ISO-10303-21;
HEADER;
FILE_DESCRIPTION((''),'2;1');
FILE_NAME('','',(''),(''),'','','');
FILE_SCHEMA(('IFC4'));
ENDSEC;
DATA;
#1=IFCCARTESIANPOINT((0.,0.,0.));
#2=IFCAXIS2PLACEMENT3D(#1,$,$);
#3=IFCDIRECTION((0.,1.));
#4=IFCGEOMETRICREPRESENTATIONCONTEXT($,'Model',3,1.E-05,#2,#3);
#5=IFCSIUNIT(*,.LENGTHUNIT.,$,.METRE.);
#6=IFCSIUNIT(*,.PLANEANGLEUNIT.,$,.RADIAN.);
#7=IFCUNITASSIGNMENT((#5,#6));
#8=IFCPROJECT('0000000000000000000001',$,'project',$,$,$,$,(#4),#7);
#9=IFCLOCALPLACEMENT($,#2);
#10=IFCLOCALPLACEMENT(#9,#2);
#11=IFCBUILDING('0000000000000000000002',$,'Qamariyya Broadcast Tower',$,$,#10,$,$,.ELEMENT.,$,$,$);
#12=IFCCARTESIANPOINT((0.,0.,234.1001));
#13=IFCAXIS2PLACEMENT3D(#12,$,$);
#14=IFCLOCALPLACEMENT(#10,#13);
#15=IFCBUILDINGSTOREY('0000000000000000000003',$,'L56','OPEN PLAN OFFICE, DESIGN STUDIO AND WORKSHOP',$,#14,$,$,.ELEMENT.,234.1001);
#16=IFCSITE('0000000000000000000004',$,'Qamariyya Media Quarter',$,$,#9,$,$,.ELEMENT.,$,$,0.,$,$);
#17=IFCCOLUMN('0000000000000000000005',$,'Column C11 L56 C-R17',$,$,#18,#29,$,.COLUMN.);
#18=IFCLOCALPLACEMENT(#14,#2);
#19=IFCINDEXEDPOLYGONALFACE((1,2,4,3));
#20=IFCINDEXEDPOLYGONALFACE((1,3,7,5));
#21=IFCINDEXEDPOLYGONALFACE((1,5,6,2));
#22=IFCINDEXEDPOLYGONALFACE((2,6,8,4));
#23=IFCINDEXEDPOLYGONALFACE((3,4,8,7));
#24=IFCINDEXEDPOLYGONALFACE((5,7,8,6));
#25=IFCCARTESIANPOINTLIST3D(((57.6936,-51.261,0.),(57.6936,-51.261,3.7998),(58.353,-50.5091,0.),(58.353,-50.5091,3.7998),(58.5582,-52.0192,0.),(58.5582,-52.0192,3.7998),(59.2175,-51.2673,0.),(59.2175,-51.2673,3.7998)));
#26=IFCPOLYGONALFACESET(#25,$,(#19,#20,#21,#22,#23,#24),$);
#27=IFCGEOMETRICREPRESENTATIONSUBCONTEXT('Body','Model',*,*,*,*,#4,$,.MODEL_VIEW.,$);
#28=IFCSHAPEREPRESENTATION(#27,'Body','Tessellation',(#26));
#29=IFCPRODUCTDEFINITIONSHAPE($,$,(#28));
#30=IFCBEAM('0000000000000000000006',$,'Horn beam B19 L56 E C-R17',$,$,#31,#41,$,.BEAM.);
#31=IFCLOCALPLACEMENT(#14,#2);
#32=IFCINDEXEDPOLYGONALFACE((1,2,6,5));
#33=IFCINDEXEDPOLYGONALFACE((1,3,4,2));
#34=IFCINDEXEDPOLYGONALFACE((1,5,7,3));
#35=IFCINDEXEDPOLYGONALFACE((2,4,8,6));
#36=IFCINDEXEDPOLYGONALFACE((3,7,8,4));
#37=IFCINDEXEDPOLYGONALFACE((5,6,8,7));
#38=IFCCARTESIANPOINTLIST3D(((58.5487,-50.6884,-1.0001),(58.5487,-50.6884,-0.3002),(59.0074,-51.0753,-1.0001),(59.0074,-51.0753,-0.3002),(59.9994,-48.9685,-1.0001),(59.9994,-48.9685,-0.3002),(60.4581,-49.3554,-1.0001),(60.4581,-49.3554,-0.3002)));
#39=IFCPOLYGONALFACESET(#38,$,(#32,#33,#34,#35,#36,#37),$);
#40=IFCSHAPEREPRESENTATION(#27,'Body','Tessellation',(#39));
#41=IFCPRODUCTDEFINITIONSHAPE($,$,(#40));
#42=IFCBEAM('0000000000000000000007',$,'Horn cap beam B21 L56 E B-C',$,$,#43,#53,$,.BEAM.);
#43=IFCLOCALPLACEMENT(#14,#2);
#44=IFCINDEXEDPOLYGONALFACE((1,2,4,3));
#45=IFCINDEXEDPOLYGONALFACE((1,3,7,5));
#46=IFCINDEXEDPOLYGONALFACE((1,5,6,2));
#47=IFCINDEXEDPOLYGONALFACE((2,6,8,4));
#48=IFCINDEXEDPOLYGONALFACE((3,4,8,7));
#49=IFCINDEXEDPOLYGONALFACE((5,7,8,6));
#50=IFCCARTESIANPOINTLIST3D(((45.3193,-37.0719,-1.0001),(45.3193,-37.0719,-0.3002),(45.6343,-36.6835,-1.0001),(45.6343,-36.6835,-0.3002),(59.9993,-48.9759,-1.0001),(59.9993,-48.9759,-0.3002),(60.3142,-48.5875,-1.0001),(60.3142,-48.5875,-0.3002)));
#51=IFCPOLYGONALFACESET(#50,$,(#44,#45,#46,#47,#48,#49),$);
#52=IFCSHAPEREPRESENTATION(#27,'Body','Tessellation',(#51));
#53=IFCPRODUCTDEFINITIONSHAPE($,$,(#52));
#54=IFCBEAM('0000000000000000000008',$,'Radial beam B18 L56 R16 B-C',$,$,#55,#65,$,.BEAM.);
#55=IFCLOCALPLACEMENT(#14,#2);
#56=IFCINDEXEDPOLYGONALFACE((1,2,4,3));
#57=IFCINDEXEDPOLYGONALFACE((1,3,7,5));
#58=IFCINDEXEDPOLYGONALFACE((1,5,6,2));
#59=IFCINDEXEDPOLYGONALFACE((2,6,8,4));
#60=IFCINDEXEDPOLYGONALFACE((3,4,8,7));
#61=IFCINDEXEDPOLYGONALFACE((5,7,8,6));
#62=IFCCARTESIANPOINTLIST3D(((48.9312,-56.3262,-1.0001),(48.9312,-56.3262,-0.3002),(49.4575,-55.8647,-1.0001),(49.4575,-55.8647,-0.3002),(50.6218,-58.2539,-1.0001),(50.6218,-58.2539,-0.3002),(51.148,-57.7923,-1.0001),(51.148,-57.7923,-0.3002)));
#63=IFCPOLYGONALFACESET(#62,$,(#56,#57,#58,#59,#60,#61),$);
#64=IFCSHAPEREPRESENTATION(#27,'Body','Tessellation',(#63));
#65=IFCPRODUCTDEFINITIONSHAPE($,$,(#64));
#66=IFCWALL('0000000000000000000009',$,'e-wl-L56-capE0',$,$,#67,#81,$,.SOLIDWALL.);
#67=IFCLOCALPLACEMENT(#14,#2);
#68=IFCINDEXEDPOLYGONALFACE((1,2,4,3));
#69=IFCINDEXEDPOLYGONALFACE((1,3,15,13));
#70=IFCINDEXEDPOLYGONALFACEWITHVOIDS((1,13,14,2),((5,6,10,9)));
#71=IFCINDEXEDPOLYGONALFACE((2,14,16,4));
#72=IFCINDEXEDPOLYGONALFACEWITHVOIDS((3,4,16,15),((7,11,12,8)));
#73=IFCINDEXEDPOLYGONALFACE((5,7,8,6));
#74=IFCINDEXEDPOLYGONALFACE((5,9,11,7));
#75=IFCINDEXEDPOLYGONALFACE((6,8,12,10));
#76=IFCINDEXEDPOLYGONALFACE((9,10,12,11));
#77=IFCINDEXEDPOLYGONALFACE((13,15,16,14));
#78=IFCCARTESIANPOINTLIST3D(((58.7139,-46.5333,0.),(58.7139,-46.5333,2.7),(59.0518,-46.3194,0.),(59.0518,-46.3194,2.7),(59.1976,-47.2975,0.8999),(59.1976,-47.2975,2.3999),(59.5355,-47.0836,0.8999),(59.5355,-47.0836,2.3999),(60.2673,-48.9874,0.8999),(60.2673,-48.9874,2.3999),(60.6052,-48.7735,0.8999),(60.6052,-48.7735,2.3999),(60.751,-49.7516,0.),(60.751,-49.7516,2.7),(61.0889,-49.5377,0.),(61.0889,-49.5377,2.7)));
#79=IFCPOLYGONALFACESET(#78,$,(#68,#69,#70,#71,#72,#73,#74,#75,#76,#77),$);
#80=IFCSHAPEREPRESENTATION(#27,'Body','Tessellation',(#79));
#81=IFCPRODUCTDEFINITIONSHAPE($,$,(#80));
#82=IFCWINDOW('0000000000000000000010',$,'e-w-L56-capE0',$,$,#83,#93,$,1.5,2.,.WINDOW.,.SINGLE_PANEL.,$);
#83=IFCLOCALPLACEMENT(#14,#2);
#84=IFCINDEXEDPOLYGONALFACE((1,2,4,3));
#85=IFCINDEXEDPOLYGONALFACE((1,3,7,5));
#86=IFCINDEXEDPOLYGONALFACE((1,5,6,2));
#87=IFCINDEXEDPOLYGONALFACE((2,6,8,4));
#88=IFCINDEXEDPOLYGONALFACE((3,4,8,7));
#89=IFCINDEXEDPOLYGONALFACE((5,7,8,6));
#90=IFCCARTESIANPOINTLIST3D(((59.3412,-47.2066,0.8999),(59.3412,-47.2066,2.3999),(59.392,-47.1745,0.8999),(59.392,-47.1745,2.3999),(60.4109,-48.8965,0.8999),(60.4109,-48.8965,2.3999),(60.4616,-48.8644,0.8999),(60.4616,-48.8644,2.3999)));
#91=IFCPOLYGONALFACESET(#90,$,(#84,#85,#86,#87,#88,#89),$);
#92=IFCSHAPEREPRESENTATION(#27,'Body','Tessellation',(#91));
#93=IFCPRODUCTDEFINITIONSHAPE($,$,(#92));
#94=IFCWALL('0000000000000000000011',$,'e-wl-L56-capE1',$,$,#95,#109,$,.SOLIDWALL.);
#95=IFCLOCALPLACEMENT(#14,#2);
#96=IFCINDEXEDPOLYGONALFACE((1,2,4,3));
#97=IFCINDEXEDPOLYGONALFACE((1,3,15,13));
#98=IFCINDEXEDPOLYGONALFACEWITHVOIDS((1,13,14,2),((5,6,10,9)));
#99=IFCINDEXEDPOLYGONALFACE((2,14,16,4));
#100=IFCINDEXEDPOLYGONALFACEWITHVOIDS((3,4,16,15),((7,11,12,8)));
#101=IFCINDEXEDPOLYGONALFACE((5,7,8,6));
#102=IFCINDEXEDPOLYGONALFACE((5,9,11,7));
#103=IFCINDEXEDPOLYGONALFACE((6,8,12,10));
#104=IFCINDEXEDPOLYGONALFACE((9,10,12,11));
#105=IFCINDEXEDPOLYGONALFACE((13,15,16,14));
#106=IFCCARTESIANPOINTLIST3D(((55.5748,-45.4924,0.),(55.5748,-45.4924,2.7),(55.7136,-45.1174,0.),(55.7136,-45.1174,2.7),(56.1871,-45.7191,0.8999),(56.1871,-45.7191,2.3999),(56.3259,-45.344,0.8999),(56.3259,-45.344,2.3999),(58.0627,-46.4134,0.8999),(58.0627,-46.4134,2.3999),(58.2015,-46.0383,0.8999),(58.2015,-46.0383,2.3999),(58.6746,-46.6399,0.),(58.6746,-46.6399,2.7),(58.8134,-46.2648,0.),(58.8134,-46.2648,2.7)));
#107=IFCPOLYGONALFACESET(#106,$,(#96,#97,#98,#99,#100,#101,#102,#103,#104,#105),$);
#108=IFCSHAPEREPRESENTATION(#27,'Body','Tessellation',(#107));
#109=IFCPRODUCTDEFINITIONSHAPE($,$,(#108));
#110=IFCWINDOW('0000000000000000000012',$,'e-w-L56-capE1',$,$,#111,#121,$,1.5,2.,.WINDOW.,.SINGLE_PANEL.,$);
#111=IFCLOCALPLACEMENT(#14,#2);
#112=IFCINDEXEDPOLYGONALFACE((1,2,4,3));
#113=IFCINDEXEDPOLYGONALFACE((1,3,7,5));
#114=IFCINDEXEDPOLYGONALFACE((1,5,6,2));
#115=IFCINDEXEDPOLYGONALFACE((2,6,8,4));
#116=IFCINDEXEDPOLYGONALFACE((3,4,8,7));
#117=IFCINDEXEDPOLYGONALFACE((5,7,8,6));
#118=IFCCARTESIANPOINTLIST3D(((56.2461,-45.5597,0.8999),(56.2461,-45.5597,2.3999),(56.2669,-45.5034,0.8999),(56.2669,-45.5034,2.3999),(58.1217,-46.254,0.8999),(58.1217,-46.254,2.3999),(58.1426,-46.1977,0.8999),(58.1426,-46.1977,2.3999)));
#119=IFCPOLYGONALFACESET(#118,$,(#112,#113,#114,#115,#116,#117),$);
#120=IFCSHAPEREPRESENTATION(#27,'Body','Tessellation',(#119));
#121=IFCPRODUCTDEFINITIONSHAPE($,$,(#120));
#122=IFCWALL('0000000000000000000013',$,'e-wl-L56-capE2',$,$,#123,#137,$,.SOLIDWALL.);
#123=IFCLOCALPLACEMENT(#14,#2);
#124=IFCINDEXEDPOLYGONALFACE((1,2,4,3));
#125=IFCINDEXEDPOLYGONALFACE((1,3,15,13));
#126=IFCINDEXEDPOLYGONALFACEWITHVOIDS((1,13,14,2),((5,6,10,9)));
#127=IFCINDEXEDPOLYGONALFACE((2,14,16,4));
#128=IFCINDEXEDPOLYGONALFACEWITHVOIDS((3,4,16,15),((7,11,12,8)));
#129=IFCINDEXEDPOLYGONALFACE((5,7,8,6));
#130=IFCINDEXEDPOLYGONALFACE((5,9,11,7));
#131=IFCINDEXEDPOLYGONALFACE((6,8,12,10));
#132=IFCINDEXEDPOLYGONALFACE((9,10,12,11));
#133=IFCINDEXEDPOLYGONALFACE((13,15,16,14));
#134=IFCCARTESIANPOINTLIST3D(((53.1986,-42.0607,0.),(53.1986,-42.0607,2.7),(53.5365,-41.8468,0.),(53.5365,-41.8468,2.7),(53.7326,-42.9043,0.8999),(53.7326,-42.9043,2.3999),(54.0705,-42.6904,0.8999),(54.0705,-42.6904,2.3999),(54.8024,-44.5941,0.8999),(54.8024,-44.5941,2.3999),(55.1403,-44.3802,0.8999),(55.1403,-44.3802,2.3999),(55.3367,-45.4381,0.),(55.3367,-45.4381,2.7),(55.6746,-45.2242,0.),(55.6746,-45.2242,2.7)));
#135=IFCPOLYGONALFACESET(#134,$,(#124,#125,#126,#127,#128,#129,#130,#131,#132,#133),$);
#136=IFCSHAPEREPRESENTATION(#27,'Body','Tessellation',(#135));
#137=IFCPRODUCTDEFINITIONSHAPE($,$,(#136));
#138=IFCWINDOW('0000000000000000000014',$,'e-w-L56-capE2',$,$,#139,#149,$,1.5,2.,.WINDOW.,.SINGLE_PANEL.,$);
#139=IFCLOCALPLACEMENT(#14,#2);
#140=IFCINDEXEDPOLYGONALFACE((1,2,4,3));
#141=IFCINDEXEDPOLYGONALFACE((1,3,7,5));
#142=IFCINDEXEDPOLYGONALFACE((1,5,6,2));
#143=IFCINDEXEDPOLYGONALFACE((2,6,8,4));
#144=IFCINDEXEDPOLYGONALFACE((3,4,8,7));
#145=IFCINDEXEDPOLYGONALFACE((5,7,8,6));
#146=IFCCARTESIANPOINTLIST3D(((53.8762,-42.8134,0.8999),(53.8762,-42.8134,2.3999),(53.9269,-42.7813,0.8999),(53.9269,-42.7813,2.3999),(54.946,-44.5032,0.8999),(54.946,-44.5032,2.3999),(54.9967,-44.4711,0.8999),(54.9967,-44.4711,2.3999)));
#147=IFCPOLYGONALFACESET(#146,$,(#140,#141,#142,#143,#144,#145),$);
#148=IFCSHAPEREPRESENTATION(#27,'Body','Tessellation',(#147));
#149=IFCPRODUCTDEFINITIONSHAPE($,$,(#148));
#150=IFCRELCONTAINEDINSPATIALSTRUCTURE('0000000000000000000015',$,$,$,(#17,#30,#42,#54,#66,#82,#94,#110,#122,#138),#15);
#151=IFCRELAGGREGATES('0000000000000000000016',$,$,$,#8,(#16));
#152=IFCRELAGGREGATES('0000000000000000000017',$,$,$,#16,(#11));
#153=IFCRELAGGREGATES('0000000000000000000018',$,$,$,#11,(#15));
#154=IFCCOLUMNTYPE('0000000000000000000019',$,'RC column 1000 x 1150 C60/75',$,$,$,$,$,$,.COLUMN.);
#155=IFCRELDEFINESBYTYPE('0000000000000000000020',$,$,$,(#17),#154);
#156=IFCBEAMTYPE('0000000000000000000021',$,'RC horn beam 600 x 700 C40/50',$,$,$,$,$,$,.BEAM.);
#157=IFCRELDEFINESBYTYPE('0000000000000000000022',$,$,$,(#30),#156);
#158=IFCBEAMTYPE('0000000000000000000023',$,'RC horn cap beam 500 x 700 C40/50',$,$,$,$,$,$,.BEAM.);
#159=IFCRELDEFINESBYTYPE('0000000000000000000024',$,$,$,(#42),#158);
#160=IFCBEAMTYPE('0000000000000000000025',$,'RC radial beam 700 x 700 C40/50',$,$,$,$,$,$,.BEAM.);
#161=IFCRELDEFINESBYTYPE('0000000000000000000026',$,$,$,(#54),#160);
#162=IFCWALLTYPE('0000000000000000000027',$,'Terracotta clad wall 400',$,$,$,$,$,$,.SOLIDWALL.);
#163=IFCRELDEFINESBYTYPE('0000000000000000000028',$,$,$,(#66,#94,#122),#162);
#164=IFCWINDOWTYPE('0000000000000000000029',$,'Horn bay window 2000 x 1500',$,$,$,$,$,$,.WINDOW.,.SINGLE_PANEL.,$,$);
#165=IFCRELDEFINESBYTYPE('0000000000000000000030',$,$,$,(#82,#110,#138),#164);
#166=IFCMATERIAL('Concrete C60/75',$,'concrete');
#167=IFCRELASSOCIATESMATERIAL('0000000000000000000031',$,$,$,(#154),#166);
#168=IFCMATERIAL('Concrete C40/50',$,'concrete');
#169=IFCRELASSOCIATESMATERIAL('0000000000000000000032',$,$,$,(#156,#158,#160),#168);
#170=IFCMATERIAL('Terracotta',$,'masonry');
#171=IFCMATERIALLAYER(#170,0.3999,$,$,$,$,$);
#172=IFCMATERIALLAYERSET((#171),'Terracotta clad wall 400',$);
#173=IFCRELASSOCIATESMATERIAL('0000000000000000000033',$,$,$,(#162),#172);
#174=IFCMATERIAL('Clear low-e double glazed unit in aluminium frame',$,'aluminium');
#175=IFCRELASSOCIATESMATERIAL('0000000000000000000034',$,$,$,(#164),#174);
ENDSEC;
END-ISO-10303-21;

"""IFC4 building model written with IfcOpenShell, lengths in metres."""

from ifc_helpers import new_model, si_unit, direction, frame, frame_2d, origin, origin_2d, place, context, subcontext, project, spatial, rectangle, extrude, material, layer, layer_set, material_profile, profile_set, type_object, element, fill, save


model = new_model("IFC4")

# Units and contexts
model_context = context("Model", 3, precision=1e-05, world=origin(), true_north=direction((0.0, 1.0)))
body_context = subcontext(model_context, "Body", "Model", "MODEL_VIEW")
ifc_project = project(units=[si_unit("LENGTHUNIT", "METRE"), si_unit("PLANEANGLEUNIT", "RADIAN")], contexts=[model_context])

# Site, building, storey
site_placement = place(None, origin())
site = spatial("IfcSite", under=ifc_project, at=site_placement, Name="Qamariyya Media Quarter", CompositionType="ELEMENT", RefElevation=0.0)
building_placement = place(site_placement, origin())
building = spatial("IfcBuilding", under=site, at=building_placement, Name="Qamariyya Broadcast Tower", CompositionType="ELEMENT")
storey_placement = place(building_placement, frame((0.0, 0.0, 234.1001)))
storey = spatial("IfcBuildingStorey", under=building, at=storey_placement, Name="L56", Description="OPEN PLAN OFFICE, DESIGN STUDIO AND WORKSHOP", CompositionType="ELEMENT", Elevation=234.1001)

# Column
ifc_material_1 = material(Name="Concrete C60/75", Category="concrete")
ifc_material_profile_1 = material_profile(ifc_material_1, rectangle(XDim=1.0, YDim=1.1499, at=origin_2d()))
ifc_profile_set_1 = profile_set([ifc_material_profile_1], Name="Concrete C60/75")
column_type = type_object("IfcColumnType", Name="RC column 1000 x 1150 C60/75", PredefinedType="COLUMN", material=ifc_profile_set_1)
column_placement = place(storey_placement, frame((58.4556, -51.2642, 0.0), z_axis=(0.0, 0.0, 1.0), x_axis=(0.659346, 0.75184, 0.0)))
element("IfcColumn", 1, at=column_placement, inside=storey, type_object=column_type, Name="Column C11 L56 C-R17", PredefinedType="COLUMN", context=body_context, shape_type="SweptSolid", body=[
    extrude(rectangle(XDim=1.0, YDim=1.1499, at=origin_2d()), origin(), (0.0, 0.0, 1.0), 3.7998),
])

# Beams
ifc_material_2 = material(Name="Concrete C40/50", Category="concrete")
ifc_material_profile_2 = material_profile(ifc_material_2, rectangle(XDim=0.6001, YDim=0.7, at=origin_2d()))
ifc_profile_set_2 = profile_set([ifc_material_profile_2], Name="Concrete C40/50")
beam_type_1 = type_object("IfcBeamType", Name="RC horn beam 600 x 700 C40/50", PredefinedType="BEAM", material=ifc_profile_set_2)
beam_1_placement = place(storey_placement, frame((58.7781, -50.8818, -0.6501), z_axis=(0.64473, 0.76441, 0.0), x_axis=(-0.76441, 0.64473, 0.0)))
element("IfcBeam", 2, at=beam_1_placement, inside=storey, type_object=beam_type_1, Name="Horn beam B19 L56 E C-R17", PredefinedType="BEAM", context=body_context, shape_type="SweptSolid", body=[
    extrude(rectangle(XDim=0.6001, YDim=0.7, at=origin_2d()), origin(), (0.0, 0.0, 1.0), 2.25),
])
ifc_material_profile_3 = material_profile(ifc_material_2, rectangle(XDim=0.5, YDim=0.7, at=origin_2d()))
ifc_profile_set_3 = profile_set([ifc_material_profile_3], Name="Concrete C40/50")
beam_type_2 = type_object("IfcBeamType", Name="RC horn cap beam 500 x 700 C40/50", PredefinedType="BEAM", material=ifc_profile_set_3)
beam_2_placement = place(storey_placement, frame((45.4768, -36.8777, -0.6501), z_axis=(0.776719, -0.629847, 0.0), x_axis=(0.629847, 0.776719, 0.0)))
element("IfcBeam", 3, at=beam_2_placement, inside=storey, type_object=beam_type_2, Name="Horn cap beam B21 L56 E B-C", PredefinedType="BEAM", context=body_context, shape_type="SweptSolid", body=[
    extrude(rectangle(XDim=0.5, YDim=0.7, at=origin_2d()), origin(), (0.0, 0.0, 1.0), 18.8999),
])
ifc_material_profile_4 = material_profile(ifc_material_2, rectangle(XDim=0.7, YDim=0.7, at=origin_2d()))
ifc_profile_set_4 = profile_set([ifc_material_profile_4], Name="Concrete C40/50")
beam_type_3 = type_object("IfcBeamType", Name="RC radial beam 700 x 700 C40/50", PredefinedType="BEAM", material=ifc_profile_set_4)
beam_3_placement = place(storey_placement, frame((49.1943, -56.0955, -0.6501), z_axis=(0.659367, -0.751821, 0.0), x_axis=(0.751821, 0.659367, 0.0)))
element("IfcBeam", 4, at=beam_3_placement, inside=storey, type_object=beam_type_3, Name="Radial beam B18 L56 R16 B-C", PredefinedType="BEAM", context=body_context, shape_type="SweptSolid", body=[
    extrude(rectangle(XDim=0.7, YDim=0.7, at=origin_2d()), origin(), (0.0, 0.0, 1.0), 2.564),
])

# Walls, openings, windows
ifc_material_3 = material(Name="Terracotta", Category="masonry")
ifc_layer = layer(ifc_material_3, 0.3999)
ifc_layer_set = layer_set([ifc_layer], Name="Terracotta clad wall 400")
wall_type = type_object("IfcWallType", Name="Terracotta clad wall 400", PredefinedType="SOLIDWALL", material=ifc_layer_set)
wall_1_placement = place(storey_placement, frame((60.9199, -49.6445, 0.0), z_axis=(0.0, 0.0, 1.0), x_axis=(-0.534842, 0.844952, 0.0)))
wall_1 = element("IfcWall", 5, at=wall_1_placement, inside=storey, type_object=wall_type, Name="e-wl-L56-capE0", PredefinedType="SOLIDWALL", context=body_context, shape_type="SweptSolid", body=[
    extrude(rectangle(XDim=3.8088, YDim=0.3999, at=frame_2d((1.9043, 0.0))), origin(), (0.0, 0.0, 1.0), 2.7),
])
opening_1_placement = place(wall_1_placement, frame((0.9043, 0.0, 0.8999)))
opening_1 = element("IfcOpeningElement", 6, at=opening_1_placement, cuts=wall_1, PredefinedType="OPENING", context=body_context, shape_type="SweptSolid", body=[
    extrude(rectangle(XDim=2.0, YDim=1.5, at=frame_2d((1.0, 0.75))), frame((0.0, 0.21, 0.0), z_axis=(0.0, -1.0, 0.0), x_axis=(1.0, 0.0, 0.0)), (0.0, 0.0, 1.0), 0.4199),
])
ifc_material_4 = material(Name="Clear low-e double glazed unit in aluminium frame", Category="aluminium")
window_type = type_object("IfcWindowType", Name="Horn bay window 2000 x 1500", PartitioningType="SINGLE_PANEL", PredefinedType="WINDOW", material=ifc_material_4)
window_1_placement = place(opening_1_placement, origin())
window_1 = element("IfcWindow", 7, at=window_1_placement, inside=storey, type_object=window_type, Name="e-w-L56-capE0", OverallHeight=1.5, OverallWidth=2.0, PartitioningType="SINGLE_PANEL", PredefinedType="WINDOW", context=body_context, shape_type="SweptSolid", body=[
    extrude(rectangle(XDim=2.0, YDim=1.5, at=frame_2d((1.0, 0.75))), frame((0.0, 0.03, 0.0), z_axis=(0.0, -1.0, 0.0), x_axis=(1.0, 0.0, 0.0)), (0.0, 0.0, 1.0), 0.0601),
])
fill(opening_1, window_1)
wall_2_placement = place(storey_placement, frame((58.7441, -46.4524, 0.0), z_axis=(0.0, 0.0, 1.0), x_axis=(-0.937811, 0.347146, 0.0)))
wall_2 = element("IfcWall", 8, at=wall_2_placement, inside=storey, type_object=wall_type, Name="e-wl-L56-capE1", PredefinedType="SOLIDWALL", context=body_context, shape_type="SweptSolid", body=[
    extrude(rectangle(XDim=3.3054, YDim=0.3999, at=frame_2d((1.6528, 0.0))), origin(), (0.0, 0.0, 1.0), 2.7),
])
opening_2_placement = place(wall_2_placement, frame((0.6526, 0.0, 0.8999)))
opening_2 = element("IfcOpeningElement", 9, at=opening_2_placement, cuts=wall_2, PredefinedType="OPENING", context=body_context, shape_type="SweptSolid", body=[
    extrude(rectangle(XDim=2.0, YDim=1.5, at=frame_2d((1.0, 0.75))), frame((0.0, 0.21, 0.0), z_axis=(0.0, -1.0, 0.0), x_axis=(1.0, 0.0, 0.0)), (0.0, 0.0, 1.0), 0.4199),
])
window_2_placement = place(opening_2_placement, origin())
window_2 = element("IfcWindow", 10, at=window_2_placement, inside=storey, type_object=window_type, Name="e-w-L56-capE1", OverallHeight=1.5, OverallWidth=2.0, PartitioningType="SINGLE_PANEL", PredefinedType="WINDOW", context=body_context, shape_type="SweptSolid", body=[
    extrude(rectangle(XDim=2.0, YDim=1.5, at=frame_2d((1.0, 0.75))), frame((0.0, 0.03, 0.0), z_axis=(0.0, -1.0, 0.0), x_axis=(1.0, 0.0, 0.0)), (0.0, 0.0, 1.0), 0.0601),
])
fill(opening_2, window_2)
wall_3_placement = place(storey_placement, frame((55.5056, -45.3311, 0.0), z_axis=(0.0, 0.0, 1.0), x_axis=(-0.534898, 0.844917, 0.0)))
wall_3 = element("IfcWall", 11, at=wall_3_placement, inside=storey, type_object=wall_type, Name="e-wl-L56-capE2", PredefinedType="SOLIDWALL", context=body_context, shape_type="SweptSolid", body=[
    extrude(rectangle(XDim=3.9973, YDim=0.3999, at=frame_2d((1.9985, 0.0))), origin(), (0.0, 0.0, 1.0), 2.7),
])
opening_3_placement = place(wall_3_placement, frame((0.9988, 0.0, 0.8999)))
opening_3 = element("IfcOpeningElement", 12, at=opening_3_placement, cuts=wall_3, PredefinedType="OPENING", context=body_context, shape_type="SweptSolid", body=[
    extrude(rectangle(XDim=2.0, YDim=1.5, at=frame_2d((1.0, 0.75))), frame((0.0, 0.21, 0.0), z_axis=(0.0, -1.0, 0.0), x_axis=(1.0, 0.0, 0.0)), (0.0, 0.0, 1.0), 0.4199),
])
window_3_placement = place(opening_3_placement, origin())
window_3 = element("IfcWindow", 13, at=window_3_placement, inside=storey, type_object=window_type, Name="e-w-L56-capE2", OverallHeight=1.5, OverallWidth=2.0, PartitioningType="SINGLE_PANEL", PredefinedType="WINDOW", context=body_context, shape_type="SweptSolid", body=[
    extrude(rectangle(XDim=2.0, YDim=1.5, at=frame_2d((1.0, 0.75))), frame((0.0, 0.03, 0.0), z_axis=(0.0, -1.0, 0.0), x_axis=(1.0, 0.0, 0.0)), (0.0, 0.0, 1.0), 0.0601),
])
fill(opening_3, window_3)

save(model, "model.ifc")
